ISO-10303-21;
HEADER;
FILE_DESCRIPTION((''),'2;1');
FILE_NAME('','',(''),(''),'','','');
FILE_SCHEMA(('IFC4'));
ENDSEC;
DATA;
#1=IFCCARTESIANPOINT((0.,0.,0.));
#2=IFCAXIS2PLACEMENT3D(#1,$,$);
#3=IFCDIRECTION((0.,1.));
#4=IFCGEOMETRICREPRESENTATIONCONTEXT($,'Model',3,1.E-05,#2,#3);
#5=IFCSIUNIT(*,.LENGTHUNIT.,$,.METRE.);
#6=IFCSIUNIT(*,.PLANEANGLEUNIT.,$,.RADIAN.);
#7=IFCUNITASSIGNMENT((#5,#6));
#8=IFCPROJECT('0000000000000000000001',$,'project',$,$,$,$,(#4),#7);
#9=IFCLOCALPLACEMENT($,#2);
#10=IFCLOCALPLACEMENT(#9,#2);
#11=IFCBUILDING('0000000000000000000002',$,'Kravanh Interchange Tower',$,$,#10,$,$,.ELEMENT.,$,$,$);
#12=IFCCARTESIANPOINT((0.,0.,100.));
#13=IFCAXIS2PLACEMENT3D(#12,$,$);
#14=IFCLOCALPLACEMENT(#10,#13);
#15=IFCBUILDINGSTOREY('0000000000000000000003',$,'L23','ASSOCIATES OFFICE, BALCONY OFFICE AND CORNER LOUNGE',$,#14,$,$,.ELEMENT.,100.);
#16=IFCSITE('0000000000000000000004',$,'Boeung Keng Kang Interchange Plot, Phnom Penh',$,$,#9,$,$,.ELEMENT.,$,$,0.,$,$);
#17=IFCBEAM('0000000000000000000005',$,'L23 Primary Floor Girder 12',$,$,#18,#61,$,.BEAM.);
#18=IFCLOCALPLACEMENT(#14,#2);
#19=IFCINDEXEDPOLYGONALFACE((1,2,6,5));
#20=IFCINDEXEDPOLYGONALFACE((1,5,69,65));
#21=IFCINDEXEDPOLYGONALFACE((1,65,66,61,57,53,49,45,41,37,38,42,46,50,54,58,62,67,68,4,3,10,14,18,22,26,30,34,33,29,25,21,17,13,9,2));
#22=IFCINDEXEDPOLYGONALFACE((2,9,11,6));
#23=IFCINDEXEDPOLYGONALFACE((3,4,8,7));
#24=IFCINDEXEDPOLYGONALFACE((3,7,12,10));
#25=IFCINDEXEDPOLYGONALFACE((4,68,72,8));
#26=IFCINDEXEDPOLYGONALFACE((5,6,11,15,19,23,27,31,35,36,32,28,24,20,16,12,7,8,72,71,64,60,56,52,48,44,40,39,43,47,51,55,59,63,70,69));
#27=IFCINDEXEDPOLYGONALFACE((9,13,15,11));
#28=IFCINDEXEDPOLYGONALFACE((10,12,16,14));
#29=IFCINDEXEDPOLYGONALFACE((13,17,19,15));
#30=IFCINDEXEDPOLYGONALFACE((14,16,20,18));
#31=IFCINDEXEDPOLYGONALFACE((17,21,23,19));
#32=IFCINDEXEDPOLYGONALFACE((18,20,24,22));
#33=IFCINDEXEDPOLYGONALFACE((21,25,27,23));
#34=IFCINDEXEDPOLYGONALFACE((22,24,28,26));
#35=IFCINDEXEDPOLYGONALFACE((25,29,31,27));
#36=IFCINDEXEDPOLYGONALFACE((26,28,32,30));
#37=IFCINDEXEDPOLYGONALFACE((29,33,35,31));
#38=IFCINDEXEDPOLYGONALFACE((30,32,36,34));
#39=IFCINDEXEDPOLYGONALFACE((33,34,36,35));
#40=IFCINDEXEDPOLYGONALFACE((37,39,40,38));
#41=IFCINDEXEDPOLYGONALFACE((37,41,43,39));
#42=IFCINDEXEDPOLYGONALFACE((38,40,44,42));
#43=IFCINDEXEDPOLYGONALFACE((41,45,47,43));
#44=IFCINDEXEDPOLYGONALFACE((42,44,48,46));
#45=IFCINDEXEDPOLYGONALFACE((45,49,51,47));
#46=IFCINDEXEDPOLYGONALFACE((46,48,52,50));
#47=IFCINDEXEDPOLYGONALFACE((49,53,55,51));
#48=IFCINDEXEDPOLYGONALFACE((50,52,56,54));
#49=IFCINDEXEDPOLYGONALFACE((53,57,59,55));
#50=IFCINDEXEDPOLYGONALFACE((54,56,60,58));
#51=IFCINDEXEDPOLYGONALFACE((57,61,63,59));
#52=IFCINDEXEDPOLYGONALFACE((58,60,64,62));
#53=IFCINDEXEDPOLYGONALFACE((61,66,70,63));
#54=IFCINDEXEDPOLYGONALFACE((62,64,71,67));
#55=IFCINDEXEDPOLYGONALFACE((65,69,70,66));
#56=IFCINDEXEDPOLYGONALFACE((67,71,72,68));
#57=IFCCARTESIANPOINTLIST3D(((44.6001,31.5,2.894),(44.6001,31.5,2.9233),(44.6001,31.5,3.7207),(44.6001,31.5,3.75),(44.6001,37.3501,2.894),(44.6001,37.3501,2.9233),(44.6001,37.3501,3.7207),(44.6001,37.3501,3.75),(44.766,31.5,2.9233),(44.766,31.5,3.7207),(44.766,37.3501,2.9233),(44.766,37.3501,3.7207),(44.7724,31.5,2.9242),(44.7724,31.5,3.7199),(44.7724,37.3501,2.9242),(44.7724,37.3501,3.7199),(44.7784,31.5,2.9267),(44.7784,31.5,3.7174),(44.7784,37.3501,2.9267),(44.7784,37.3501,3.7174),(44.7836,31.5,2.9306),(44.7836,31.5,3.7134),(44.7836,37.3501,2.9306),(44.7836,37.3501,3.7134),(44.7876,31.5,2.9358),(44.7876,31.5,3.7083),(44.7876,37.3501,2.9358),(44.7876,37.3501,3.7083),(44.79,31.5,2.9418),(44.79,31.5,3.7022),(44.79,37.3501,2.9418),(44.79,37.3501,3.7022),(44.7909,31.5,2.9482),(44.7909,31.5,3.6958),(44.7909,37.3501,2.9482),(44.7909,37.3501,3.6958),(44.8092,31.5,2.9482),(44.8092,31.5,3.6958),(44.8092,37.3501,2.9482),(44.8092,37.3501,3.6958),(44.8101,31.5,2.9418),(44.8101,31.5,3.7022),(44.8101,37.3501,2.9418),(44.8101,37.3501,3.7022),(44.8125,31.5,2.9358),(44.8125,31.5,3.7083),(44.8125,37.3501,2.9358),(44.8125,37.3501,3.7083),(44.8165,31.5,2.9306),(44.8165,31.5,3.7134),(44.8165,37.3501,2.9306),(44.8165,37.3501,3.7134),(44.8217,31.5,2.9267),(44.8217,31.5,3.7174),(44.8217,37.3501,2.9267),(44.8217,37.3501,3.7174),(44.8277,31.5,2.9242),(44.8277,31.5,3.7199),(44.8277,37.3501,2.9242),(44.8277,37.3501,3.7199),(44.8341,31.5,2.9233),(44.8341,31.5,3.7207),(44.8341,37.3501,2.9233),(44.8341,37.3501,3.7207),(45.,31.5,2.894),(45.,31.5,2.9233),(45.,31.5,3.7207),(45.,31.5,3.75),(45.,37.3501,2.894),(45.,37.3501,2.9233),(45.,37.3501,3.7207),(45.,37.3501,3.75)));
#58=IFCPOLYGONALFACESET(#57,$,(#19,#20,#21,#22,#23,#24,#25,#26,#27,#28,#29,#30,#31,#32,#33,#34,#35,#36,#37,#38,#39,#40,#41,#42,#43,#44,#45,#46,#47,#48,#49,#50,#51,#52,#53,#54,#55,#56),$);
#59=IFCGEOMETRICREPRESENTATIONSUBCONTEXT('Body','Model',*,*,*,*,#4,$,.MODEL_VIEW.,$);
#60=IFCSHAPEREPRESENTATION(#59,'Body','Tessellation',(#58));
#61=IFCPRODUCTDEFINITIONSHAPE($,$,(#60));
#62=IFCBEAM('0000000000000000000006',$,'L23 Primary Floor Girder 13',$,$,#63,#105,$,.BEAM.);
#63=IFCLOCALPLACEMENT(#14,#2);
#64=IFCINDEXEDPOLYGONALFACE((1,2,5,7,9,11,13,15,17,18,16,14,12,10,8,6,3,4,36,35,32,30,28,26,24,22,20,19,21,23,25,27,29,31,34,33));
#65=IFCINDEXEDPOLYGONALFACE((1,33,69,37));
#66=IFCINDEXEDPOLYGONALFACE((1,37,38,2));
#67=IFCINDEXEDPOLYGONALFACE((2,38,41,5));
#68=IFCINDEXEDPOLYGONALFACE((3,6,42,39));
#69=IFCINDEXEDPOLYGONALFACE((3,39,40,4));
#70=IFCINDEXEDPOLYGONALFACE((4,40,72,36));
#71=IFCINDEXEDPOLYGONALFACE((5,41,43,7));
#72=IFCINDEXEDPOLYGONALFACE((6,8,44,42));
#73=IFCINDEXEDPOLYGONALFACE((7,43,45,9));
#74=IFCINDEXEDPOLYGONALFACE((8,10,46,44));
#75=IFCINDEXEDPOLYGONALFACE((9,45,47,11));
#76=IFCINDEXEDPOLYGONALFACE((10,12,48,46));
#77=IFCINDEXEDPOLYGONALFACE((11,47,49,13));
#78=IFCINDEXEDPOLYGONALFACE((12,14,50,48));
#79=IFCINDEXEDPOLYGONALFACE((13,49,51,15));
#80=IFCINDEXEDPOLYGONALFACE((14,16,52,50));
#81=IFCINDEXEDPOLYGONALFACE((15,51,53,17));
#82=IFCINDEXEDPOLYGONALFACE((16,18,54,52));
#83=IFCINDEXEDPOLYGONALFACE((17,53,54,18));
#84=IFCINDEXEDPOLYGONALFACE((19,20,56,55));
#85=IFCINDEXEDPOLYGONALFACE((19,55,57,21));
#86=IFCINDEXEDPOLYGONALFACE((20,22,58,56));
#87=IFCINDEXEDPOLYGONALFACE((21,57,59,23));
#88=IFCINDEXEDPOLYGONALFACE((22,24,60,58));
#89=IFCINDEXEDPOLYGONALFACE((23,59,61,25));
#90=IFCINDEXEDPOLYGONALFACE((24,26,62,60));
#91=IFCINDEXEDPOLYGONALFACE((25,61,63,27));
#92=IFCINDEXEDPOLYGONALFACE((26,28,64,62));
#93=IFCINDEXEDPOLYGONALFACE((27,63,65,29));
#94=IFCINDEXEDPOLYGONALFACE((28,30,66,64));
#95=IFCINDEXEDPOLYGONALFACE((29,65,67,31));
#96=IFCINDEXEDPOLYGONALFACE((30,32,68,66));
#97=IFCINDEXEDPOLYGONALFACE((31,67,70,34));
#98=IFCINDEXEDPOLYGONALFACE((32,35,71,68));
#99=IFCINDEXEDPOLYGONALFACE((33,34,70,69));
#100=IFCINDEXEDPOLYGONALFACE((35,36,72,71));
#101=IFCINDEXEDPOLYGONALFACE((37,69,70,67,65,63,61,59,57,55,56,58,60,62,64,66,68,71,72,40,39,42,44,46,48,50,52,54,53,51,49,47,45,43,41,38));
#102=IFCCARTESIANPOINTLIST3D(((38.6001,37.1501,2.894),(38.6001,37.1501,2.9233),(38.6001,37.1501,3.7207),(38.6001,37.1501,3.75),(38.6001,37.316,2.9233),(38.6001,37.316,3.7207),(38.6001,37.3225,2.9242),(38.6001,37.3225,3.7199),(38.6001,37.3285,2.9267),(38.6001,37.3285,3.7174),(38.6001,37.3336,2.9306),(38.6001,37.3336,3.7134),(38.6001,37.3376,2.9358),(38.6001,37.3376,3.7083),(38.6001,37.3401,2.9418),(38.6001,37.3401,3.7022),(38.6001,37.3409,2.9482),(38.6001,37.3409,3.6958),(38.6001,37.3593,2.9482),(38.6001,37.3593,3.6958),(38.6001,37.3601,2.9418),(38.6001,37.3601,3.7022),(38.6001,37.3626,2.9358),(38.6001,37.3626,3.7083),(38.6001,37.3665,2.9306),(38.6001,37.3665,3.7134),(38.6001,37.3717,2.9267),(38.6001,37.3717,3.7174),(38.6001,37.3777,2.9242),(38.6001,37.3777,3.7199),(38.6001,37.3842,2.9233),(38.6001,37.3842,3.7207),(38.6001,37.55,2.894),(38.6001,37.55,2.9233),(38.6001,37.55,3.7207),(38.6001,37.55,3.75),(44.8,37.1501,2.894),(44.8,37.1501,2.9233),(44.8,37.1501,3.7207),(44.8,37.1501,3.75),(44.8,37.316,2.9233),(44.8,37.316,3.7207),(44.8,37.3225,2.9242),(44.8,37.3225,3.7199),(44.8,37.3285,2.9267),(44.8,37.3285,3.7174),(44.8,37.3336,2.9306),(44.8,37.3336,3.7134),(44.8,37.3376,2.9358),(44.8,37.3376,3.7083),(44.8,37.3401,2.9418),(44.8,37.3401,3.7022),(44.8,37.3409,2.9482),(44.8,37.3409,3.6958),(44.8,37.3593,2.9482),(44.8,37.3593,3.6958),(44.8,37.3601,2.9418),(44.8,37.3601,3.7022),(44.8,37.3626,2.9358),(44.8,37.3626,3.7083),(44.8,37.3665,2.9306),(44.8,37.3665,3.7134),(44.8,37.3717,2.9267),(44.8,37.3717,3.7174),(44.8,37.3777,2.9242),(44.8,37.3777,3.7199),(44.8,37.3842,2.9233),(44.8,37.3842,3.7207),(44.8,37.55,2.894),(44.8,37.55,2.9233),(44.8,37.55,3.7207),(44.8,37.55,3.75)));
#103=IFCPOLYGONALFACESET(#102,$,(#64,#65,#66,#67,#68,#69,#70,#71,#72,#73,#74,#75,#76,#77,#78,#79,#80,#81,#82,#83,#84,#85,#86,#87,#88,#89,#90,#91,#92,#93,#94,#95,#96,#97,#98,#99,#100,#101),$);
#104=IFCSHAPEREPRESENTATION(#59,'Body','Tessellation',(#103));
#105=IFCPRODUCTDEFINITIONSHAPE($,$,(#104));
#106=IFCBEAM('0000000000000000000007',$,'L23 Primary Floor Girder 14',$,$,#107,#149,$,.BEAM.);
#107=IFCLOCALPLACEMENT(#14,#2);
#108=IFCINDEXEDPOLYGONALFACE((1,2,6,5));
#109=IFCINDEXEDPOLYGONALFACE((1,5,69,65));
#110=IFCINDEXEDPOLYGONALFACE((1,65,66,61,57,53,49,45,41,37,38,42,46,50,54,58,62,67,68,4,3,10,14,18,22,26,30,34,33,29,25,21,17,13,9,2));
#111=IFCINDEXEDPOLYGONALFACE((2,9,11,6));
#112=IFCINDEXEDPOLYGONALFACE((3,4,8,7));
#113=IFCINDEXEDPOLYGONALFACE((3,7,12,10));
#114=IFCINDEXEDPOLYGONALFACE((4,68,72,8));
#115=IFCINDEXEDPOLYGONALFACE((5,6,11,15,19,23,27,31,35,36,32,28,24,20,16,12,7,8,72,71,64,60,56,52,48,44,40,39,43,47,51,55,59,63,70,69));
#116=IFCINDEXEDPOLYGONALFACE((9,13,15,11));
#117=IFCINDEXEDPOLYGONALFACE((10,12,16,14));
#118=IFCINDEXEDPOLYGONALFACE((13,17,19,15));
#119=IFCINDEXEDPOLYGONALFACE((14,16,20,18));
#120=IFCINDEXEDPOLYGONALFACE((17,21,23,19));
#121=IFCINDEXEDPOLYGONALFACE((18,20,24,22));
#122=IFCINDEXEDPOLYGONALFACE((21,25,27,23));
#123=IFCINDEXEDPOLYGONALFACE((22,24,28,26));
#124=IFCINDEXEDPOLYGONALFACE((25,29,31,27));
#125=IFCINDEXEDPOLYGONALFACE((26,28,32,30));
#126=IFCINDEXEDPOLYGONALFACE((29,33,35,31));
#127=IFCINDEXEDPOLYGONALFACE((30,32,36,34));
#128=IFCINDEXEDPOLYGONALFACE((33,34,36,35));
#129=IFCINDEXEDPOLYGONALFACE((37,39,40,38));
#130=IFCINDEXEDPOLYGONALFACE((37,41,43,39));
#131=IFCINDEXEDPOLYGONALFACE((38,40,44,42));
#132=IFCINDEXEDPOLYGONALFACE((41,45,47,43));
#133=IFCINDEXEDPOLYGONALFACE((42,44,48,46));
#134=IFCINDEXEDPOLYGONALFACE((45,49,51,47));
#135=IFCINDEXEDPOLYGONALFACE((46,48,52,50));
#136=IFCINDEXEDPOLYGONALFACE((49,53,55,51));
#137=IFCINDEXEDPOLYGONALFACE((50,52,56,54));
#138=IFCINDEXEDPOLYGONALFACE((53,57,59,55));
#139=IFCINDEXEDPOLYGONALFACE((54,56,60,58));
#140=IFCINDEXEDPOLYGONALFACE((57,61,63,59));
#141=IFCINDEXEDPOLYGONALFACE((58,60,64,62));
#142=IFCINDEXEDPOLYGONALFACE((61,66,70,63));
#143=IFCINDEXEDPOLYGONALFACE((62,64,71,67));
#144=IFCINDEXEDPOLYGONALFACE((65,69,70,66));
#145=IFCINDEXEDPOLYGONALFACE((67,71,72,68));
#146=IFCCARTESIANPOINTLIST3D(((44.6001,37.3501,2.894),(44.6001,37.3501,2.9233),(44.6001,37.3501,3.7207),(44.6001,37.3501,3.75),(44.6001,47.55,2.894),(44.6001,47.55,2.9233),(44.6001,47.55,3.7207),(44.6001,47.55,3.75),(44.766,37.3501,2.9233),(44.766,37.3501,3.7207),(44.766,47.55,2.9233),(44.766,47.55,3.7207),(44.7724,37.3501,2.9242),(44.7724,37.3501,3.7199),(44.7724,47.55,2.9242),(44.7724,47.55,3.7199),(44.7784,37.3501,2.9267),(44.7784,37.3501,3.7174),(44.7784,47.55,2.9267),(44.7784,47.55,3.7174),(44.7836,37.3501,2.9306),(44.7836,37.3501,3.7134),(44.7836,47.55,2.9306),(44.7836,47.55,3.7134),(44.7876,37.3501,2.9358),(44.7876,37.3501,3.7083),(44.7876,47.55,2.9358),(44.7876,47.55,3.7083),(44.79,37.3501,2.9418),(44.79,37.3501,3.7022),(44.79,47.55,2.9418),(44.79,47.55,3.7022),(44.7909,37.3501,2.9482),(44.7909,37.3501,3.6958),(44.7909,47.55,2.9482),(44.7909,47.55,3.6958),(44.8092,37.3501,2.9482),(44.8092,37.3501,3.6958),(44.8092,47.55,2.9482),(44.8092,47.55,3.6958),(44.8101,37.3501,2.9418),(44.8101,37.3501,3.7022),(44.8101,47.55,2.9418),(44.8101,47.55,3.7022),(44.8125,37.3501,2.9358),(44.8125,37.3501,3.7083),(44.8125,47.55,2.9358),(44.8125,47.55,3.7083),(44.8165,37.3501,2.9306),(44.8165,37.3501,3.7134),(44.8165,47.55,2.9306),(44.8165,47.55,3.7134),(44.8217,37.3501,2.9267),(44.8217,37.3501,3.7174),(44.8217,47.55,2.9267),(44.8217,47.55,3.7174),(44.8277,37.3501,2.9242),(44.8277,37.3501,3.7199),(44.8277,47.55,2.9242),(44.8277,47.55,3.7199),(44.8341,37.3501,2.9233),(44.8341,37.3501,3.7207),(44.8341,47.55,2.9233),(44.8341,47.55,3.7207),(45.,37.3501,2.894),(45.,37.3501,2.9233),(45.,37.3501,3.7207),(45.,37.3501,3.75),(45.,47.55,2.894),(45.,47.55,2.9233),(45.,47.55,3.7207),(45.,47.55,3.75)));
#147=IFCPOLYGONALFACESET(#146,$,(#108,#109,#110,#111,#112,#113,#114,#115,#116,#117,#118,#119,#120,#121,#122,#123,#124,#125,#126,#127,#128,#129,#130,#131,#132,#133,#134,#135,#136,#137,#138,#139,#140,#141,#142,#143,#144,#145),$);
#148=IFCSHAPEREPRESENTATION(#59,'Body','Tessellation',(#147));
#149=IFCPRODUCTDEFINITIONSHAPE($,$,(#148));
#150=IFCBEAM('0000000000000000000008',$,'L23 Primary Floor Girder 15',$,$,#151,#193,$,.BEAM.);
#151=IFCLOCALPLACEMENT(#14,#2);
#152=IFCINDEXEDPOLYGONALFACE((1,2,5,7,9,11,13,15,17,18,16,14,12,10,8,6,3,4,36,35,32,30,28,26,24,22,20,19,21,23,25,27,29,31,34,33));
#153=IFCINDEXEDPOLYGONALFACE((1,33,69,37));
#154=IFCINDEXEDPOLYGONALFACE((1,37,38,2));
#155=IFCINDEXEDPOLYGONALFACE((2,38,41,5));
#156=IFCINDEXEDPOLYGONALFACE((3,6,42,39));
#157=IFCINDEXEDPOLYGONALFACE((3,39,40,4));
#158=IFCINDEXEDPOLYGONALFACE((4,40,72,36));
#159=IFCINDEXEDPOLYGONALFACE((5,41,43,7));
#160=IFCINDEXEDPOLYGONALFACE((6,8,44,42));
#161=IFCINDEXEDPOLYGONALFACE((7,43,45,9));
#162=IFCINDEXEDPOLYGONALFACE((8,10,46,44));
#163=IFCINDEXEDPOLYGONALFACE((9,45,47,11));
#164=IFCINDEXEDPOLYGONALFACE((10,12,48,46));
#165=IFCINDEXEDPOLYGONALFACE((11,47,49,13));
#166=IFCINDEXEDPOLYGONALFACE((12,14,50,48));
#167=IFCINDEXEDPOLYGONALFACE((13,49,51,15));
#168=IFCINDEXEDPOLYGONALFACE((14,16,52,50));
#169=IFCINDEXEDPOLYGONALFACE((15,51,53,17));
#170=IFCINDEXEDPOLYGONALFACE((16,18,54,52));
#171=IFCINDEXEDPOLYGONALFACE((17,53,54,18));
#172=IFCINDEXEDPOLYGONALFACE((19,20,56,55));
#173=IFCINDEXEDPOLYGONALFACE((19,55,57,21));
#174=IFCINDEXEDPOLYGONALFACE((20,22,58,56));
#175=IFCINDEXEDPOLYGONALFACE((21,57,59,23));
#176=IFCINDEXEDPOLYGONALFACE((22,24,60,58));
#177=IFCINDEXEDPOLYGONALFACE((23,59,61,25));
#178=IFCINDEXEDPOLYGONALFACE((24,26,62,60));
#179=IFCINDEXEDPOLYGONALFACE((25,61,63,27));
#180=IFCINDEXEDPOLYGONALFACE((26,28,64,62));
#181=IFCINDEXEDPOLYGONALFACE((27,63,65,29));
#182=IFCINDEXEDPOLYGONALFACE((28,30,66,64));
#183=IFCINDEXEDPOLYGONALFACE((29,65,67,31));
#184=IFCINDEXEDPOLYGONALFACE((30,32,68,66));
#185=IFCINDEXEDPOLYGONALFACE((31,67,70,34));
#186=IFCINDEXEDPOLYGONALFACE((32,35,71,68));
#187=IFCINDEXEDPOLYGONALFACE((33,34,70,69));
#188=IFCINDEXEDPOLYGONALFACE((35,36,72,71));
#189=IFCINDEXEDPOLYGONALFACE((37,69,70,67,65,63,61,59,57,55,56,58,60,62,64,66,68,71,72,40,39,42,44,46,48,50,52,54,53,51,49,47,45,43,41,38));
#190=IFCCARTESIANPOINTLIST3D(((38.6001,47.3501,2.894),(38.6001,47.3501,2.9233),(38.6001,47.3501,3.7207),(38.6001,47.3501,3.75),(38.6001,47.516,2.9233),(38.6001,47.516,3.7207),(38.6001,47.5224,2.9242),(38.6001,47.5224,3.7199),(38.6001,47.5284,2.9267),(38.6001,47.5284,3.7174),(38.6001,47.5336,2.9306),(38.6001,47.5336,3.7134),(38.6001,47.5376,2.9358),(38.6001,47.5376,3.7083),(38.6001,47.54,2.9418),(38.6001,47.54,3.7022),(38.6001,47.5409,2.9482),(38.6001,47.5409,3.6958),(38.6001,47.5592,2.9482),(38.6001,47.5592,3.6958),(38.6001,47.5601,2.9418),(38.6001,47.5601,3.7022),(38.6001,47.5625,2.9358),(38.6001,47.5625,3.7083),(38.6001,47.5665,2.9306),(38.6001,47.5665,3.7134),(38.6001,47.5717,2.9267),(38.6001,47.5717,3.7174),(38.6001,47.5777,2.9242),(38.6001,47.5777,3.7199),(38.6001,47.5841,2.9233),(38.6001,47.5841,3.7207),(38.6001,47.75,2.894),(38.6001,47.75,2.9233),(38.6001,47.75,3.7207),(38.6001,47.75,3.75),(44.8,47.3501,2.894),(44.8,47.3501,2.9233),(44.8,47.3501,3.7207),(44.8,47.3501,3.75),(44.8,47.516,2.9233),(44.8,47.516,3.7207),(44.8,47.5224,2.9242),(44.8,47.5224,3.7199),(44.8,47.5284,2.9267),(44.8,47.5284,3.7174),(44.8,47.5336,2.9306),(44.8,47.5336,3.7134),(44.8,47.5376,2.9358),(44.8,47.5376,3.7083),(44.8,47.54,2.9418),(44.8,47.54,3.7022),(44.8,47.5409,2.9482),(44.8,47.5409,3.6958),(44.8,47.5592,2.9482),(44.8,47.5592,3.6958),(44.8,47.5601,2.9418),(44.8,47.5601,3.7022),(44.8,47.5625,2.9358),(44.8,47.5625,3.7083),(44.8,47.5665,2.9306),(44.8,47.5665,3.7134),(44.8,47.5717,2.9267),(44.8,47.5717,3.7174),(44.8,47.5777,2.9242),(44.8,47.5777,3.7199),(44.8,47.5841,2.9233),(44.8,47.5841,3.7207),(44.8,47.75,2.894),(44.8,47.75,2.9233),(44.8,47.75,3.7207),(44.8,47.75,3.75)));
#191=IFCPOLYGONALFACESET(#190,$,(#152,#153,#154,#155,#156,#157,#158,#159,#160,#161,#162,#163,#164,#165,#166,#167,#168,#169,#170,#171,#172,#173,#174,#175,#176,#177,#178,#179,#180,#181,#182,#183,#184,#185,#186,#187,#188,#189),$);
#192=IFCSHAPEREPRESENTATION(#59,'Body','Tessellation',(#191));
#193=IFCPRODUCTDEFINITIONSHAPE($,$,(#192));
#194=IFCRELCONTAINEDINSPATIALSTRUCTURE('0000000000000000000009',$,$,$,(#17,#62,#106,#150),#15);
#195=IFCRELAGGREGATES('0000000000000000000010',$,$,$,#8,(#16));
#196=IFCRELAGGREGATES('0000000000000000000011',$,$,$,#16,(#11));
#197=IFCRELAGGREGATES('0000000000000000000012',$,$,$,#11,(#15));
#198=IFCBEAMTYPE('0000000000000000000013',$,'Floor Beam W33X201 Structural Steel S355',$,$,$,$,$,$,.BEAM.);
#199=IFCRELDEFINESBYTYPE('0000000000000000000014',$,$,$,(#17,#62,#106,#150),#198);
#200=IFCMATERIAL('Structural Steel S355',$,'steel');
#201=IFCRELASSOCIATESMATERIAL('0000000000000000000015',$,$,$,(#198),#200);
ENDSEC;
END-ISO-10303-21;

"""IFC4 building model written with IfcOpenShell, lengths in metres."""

from ifc_helpers import new_model, si_unit, direction, frame, origin, origin_2d, place, context, subcontext, project, spatial, i_section, extrude, material, material_profile, profile_set, type_object, element, save


model = new_model("IFC4")

# Units and contexts
model_context = context("Model", 3, precision=1e-05, world=origin(), true_north=direction((0.0, 1.0)))
body_context = subcontext(model_context, "Body", "Model", "MODEL_VIEW")
ifc_project = project(units=[si_unit("LENGTHUNIT", "METRE"), si_unit("PLANEANGLEUNIT", "RADIAN")], contexts=[model_context])

# Site, building, storey
site_placement = place(None, origin())
site = spatial("IfcSite", under=ifc_project, at=site_placement, Name="Boeung Keng Kang Interchange Plot, Phnom Penh", CompositionType="ELEMENT", RefElevation=0.0)
building_placement = place(site_placement, origin())
building = spatial("IfcBuilding", under=site, at=building_placement, Name="Kravanh Interchange Tower", CompositionType="ELEMENT")
storey_placement = place(building_placement, frame((0.0, 0.0, 100.0)))
storey = spatial("IfcBuildingStorey", under=building, at=storey_placement, Name="L23", Description="ASSOCIATES OFFICE, BALCONY OFFICE AND CORNER LOUNGE", CompositionType="ELEMENT", Elevation=100.0)

# Beams
ifc_material_1 = material(Name="Structural Steel S355", Category="steel")
ifc_material_profile_1 = material_profile(ifc_material_1, i_section(OverallWidth=0.3999, OverallDepth=0.856, WebThickness=0.0183, FlangeThickness=0.0293, FilletRadius=0.0249, at=origin_2d()), Name="W33X201")
ifc_profile_set_1 = profile_set([ifc_material_profile_1], Name="Structural Steel S355")
beam_type_1 = type_object("IfcBeamType", Name="Floor Beam W33X201 Structural Steel S355", PredefinedType="BEAM", material=ifc_profile_set_1)
beam_1_placement = place(storey_placement, frame((44.8, 37.3501, 3.322), z_axis=(0.0, -1.0, 0.0), x_axis=(1.0, 0.0, 0.0)))
element("IfcBeam", 1, at=beam_1_placement, inside=storey, type_object=beam_type_1, Name="L23 Primary Floor Girder 12", PredefinedType="BEAM", context=body_context, shape_type="SweptSolid", body=[
    extrude(i_section(OverallWidth=0.3999, OverallDepth=0.856, WebThickness=0.0183, FlangeThickness=0.0293, FilletRadius=0.0249, at=origin_2d()), origin(), (0.0, 0.0, 1.0), 5.8501),
])
beam_2_placement = place(storey_placement, frame((44.8, 37.3501, 3.322), z_axis=(-1.0, 0.0, 0.0), x_axis=(0.0, -1.0, 0.0)))
element("IfcBeam", 2, at=beam_2_placement, inside=storey, type_object=beam_type_1, Name="L23 Primary Floor Girder 13", PredefinedType="BEAM", context=body_context, shape_type="SweptSolid", body=[
    extrude(i_section(OverallWidth=0.3999, OverallDepth=0.856, WebThickness=0.0183, FlangeThickness=0.0293, FilletRadius=0.0249, at=origin_2d()), origin(), (0.0, 0.0, 1.0), 6.2),
])
beam_3_placement = place(storey_placement, frame((44.8, 37.3501, 3.322), z_axis=(0.0, 1.0, 0.0), x_axis=(-1.0, 0.0, 0.0)))
element("IfcBeam", 3, at=beam_3_placement, inside=storey, type_object=beam_type_1, Name="L23 Primary Floor Girder 14", PredefinedType="BEAM", context=body_context, shape_type="SweptSolid", body=[
    extrude(i_section(OverallWidth=0.3999, OverallDepth=0.856, WebThickness=0.0183, FlangeThickness=0.0293, FilletRadius=0.0249, at=origin_2d()), origin(), (0.0, 0.0, 1.0), 10.2),
])
beam_4_placement = place(storey_placement, frame((44.8, 47.55, 3.322), z_axis=(-1.0, 0.0, 0.0), x_axis=(0.0, -1.0, 0.0)))
element("IfcBeam", 4, at=beam_4_placement, inside=storey, type_object=beam_type_1, Name="L23 Primary Floor Girder 15", PredefinedType="BEAM", context=body_context, shape_type="SweptSolid", body=[
    extrude(i_section(OverallWidth=0.3999, OverallDepth=0.856, WebThickness=0.0183, FlangeThickness=0.0293, FilletRadius=0.0249, at=origin_2d()), origin(), (0.0, 0.0, 1.0), 6.2),
])

save(model, "model.ifc")
